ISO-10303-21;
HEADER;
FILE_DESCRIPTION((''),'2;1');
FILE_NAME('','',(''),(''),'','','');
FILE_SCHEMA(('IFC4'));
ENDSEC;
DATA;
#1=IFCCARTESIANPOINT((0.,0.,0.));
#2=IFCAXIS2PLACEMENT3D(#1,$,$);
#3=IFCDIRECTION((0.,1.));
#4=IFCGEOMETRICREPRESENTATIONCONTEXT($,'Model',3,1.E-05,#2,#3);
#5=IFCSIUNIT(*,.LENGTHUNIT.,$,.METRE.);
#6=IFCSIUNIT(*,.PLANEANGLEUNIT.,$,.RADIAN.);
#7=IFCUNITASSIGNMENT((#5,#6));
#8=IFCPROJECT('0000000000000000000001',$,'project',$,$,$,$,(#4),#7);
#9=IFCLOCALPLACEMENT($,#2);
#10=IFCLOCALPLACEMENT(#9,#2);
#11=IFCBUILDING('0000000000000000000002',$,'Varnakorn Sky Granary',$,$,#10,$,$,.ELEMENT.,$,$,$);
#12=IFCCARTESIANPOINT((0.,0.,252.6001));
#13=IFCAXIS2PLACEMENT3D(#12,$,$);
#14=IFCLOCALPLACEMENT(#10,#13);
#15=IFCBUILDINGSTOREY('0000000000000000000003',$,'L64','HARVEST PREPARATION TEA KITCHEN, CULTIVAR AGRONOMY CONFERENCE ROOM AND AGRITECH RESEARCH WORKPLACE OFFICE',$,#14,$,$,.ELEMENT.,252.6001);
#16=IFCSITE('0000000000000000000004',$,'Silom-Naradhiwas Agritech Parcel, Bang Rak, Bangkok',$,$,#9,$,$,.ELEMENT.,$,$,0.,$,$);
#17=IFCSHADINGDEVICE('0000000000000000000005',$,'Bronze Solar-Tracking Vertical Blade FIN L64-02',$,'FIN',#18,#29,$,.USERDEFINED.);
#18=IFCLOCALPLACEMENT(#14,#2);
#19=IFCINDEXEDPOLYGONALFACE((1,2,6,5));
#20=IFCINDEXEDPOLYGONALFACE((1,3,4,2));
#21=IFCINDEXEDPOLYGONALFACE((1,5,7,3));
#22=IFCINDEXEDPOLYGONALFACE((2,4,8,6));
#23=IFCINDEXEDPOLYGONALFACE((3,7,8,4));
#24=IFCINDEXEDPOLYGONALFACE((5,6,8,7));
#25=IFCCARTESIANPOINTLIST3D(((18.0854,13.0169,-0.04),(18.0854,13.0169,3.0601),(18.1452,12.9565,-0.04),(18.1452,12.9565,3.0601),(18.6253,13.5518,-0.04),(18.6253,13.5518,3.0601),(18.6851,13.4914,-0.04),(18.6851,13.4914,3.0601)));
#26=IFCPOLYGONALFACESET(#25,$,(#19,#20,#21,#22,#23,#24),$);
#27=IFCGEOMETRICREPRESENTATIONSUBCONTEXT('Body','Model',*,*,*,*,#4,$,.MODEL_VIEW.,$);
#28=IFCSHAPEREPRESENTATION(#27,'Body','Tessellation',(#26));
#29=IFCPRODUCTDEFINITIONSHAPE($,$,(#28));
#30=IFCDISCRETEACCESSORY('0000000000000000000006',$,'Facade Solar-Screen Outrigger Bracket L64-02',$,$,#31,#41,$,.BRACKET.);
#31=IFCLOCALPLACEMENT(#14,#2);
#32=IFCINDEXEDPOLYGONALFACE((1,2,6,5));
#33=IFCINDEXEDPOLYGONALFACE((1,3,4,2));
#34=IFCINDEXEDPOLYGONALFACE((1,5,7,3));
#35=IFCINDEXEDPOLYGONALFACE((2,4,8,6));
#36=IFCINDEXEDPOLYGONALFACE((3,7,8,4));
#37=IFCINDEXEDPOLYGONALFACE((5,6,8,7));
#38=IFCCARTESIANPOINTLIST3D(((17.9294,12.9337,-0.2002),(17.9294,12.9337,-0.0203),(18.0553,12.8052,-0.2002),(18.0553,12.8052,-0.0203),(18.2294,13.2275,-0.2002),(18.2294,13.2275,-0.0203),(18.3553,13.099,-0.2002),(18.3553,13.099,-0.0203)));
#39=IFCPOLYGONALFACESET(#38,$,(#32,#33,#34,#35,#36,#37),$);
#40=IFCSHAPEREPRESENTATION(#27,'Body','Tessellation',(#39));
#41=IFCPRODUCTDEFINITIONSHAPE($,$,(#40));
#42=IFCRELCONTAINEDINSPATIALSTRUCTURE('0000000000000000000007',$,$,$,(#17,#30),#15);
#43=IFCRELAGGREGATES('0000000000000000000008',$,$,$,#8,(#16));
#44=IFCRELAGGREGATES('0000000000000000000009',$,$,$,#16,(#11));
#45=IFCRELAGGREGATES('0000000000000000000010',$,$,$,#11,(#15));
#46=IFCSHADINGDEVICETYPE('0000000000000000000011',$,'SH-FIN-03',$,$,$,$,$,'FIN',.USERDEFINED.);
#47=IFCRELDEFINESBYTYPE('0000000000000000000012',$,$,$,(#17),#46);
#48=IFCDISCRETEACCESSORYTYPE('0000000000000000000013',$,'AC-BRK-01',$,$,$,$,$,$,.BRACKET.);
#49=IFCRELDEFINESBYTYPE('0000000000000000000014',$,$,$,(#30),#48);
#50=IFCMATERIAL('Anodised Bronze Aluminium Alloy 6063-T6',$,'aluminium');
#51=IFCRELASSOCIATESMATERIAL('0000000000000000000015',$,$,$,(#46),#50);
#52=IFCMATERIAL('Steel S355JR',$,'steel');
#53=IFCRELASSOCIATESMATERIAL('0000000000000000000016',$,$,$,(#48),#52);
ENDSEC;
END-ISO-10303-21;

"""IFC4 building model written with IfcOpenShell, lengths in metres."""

from ifc_helpers import new_model, si_unit, direction, frame, origin, origin_2d, place, context, subcontext, project, spatial, rectangle, extrude, source, transform, mapped, material, type_object, type_shapes, element, save


model = new_model("IFC4")

# Units and contexts
model_context = context("Model", 3, precision=1e-05, world=origin(), true_north=direction((0.0, 1.0)))
body_context = subcontext(model_context, "Body", "Model", "MODEL_VIEW")
ifc_project = project(units=[si_unit("LENGTHUNIT", "METRE"), si_unit("PLANEANGLEUNIT", "RADIAN")], contexts=[model_context])

# Site, building, storey
site_placement = place(None, origin())
site = spatial("IfcSite", under=ifc_project, at=site_placement, Name="Silom-Naradhiwas Agritech Parcel, Bang Rak, Bangkok", CompositionType="ELEMENT", RefElevation=0.0)
building_placement = place(site_placement, origin())
building = spatial("IfcBuilding", under=site, at=building_placement, Name="Varnakorn Sky Granary", CompositionType="ELEMENT")
storey_placement = place(building_placement, frame((0.0, 0.0, 252.6001)))
storey = spatial("IfcBuildingStorey", under=building, at=storey_placement, Name="L64", Description="HARVEST PREPARATION TEA KITCHEN, CULTIVAR AGRONOMY CONFERENCE ROOM AND AGRITECH RESEARCH WORKPLACE OFFICE", CompositionType="ELEMENT", Elevation=252.6001)

# Shared definitions
ifc_material_1 = material(Name="Steel S355JR", Category="steel")

# Shared definitions
ifc_material_2 = material(Name="Anodised Bronze Aluminium Alloy 6063-T6", Category="aluminium")

# Shading device
shading_device_type = type_object("IfcShadingDeviceType", Name="SH-FIN-03", ElementType="FIN", PredefinedType="USERDEFINED", material=ifc_material_2)
shared_shape_1 = source(origin(), body_context, "Body", "SweptSolid", [
    extrude(rectangle(XDim=0.085, YDim=0.76, at=origin_2d()), origin(), (0.0, 0.0, 1.0), 3.1001),
])
type_shapes(shading_device_type, [shared_shape_1])
shading_device_placement = place(storey_placement, frame((18.3853, 13.2542, -0.04), z_axis=(0.0, 0.0, 1.0), x_axis=(-0.703823, 0.710375, 0.0)))
element("IfcShadingDevice", 1, at=shading_device_placement, inside=storey, type_object=shading_device_type, Name="Bronze Solar-Tracking Vertical Blade FIN L64-02", ObjectType="FIN", PredefinedType="USERDEFINED", context=body_context, shape_type="MappedRepresentation", body=[
    mapped(shared_shape_1, transform((0.0, 0.0, 0.0), x_axis=(1.0, 0.0, 0.0), y_axis=(0.0, 1.0, 0.0), z_axis=(0.0, 0.0, 1.0), scale=1.0)),
])

# Discrete accessory
discrete_accessory_type = type_object("IfcDiscreteAccessoryType", Name="AC-BRK-01", PredefinedType="BRACKET", material=ifc_material_1)
shared_shape_2 = source(origin(), body_context, "Body", "SweptSolid", [
    extrude(rectangle(XDim=0.1799, YDim=0.4199, at=origin_2d()), origin(), (0.0, 0.0, 1.0), 0.1799),
])
type_shapes(discrete_accessory_type, [shared_shape_2])
discrete_accessory_placement = place(storey_placement, frame((18.1423, 13.0164, -0.2002), z_axis=(0.0, 0.0, 1.0), x_axis=(-0.699648, 0.714488, 0.0)))
element("IfcDiscreteAccessory", 2, at=discrete_accessory_placement, inside=storey, type_object=discrete_accessory_type, Name="Facade Solar-Screen Outrigger Bracket L64-02", PredefinedType="BRACKET", context=body_context, shape_type="MappedRepresentation", body=[
    mapped(shared_shape_2, transform((0.0, 0.0, 0.0), x_axis=(1.0, 0.0, 0.0), y_axis=(0.0, 1.0, 0.0), z_axis=(0.0, 0.0, 1.0), scale=1.0)),
])

save(model, "model.ifc")
